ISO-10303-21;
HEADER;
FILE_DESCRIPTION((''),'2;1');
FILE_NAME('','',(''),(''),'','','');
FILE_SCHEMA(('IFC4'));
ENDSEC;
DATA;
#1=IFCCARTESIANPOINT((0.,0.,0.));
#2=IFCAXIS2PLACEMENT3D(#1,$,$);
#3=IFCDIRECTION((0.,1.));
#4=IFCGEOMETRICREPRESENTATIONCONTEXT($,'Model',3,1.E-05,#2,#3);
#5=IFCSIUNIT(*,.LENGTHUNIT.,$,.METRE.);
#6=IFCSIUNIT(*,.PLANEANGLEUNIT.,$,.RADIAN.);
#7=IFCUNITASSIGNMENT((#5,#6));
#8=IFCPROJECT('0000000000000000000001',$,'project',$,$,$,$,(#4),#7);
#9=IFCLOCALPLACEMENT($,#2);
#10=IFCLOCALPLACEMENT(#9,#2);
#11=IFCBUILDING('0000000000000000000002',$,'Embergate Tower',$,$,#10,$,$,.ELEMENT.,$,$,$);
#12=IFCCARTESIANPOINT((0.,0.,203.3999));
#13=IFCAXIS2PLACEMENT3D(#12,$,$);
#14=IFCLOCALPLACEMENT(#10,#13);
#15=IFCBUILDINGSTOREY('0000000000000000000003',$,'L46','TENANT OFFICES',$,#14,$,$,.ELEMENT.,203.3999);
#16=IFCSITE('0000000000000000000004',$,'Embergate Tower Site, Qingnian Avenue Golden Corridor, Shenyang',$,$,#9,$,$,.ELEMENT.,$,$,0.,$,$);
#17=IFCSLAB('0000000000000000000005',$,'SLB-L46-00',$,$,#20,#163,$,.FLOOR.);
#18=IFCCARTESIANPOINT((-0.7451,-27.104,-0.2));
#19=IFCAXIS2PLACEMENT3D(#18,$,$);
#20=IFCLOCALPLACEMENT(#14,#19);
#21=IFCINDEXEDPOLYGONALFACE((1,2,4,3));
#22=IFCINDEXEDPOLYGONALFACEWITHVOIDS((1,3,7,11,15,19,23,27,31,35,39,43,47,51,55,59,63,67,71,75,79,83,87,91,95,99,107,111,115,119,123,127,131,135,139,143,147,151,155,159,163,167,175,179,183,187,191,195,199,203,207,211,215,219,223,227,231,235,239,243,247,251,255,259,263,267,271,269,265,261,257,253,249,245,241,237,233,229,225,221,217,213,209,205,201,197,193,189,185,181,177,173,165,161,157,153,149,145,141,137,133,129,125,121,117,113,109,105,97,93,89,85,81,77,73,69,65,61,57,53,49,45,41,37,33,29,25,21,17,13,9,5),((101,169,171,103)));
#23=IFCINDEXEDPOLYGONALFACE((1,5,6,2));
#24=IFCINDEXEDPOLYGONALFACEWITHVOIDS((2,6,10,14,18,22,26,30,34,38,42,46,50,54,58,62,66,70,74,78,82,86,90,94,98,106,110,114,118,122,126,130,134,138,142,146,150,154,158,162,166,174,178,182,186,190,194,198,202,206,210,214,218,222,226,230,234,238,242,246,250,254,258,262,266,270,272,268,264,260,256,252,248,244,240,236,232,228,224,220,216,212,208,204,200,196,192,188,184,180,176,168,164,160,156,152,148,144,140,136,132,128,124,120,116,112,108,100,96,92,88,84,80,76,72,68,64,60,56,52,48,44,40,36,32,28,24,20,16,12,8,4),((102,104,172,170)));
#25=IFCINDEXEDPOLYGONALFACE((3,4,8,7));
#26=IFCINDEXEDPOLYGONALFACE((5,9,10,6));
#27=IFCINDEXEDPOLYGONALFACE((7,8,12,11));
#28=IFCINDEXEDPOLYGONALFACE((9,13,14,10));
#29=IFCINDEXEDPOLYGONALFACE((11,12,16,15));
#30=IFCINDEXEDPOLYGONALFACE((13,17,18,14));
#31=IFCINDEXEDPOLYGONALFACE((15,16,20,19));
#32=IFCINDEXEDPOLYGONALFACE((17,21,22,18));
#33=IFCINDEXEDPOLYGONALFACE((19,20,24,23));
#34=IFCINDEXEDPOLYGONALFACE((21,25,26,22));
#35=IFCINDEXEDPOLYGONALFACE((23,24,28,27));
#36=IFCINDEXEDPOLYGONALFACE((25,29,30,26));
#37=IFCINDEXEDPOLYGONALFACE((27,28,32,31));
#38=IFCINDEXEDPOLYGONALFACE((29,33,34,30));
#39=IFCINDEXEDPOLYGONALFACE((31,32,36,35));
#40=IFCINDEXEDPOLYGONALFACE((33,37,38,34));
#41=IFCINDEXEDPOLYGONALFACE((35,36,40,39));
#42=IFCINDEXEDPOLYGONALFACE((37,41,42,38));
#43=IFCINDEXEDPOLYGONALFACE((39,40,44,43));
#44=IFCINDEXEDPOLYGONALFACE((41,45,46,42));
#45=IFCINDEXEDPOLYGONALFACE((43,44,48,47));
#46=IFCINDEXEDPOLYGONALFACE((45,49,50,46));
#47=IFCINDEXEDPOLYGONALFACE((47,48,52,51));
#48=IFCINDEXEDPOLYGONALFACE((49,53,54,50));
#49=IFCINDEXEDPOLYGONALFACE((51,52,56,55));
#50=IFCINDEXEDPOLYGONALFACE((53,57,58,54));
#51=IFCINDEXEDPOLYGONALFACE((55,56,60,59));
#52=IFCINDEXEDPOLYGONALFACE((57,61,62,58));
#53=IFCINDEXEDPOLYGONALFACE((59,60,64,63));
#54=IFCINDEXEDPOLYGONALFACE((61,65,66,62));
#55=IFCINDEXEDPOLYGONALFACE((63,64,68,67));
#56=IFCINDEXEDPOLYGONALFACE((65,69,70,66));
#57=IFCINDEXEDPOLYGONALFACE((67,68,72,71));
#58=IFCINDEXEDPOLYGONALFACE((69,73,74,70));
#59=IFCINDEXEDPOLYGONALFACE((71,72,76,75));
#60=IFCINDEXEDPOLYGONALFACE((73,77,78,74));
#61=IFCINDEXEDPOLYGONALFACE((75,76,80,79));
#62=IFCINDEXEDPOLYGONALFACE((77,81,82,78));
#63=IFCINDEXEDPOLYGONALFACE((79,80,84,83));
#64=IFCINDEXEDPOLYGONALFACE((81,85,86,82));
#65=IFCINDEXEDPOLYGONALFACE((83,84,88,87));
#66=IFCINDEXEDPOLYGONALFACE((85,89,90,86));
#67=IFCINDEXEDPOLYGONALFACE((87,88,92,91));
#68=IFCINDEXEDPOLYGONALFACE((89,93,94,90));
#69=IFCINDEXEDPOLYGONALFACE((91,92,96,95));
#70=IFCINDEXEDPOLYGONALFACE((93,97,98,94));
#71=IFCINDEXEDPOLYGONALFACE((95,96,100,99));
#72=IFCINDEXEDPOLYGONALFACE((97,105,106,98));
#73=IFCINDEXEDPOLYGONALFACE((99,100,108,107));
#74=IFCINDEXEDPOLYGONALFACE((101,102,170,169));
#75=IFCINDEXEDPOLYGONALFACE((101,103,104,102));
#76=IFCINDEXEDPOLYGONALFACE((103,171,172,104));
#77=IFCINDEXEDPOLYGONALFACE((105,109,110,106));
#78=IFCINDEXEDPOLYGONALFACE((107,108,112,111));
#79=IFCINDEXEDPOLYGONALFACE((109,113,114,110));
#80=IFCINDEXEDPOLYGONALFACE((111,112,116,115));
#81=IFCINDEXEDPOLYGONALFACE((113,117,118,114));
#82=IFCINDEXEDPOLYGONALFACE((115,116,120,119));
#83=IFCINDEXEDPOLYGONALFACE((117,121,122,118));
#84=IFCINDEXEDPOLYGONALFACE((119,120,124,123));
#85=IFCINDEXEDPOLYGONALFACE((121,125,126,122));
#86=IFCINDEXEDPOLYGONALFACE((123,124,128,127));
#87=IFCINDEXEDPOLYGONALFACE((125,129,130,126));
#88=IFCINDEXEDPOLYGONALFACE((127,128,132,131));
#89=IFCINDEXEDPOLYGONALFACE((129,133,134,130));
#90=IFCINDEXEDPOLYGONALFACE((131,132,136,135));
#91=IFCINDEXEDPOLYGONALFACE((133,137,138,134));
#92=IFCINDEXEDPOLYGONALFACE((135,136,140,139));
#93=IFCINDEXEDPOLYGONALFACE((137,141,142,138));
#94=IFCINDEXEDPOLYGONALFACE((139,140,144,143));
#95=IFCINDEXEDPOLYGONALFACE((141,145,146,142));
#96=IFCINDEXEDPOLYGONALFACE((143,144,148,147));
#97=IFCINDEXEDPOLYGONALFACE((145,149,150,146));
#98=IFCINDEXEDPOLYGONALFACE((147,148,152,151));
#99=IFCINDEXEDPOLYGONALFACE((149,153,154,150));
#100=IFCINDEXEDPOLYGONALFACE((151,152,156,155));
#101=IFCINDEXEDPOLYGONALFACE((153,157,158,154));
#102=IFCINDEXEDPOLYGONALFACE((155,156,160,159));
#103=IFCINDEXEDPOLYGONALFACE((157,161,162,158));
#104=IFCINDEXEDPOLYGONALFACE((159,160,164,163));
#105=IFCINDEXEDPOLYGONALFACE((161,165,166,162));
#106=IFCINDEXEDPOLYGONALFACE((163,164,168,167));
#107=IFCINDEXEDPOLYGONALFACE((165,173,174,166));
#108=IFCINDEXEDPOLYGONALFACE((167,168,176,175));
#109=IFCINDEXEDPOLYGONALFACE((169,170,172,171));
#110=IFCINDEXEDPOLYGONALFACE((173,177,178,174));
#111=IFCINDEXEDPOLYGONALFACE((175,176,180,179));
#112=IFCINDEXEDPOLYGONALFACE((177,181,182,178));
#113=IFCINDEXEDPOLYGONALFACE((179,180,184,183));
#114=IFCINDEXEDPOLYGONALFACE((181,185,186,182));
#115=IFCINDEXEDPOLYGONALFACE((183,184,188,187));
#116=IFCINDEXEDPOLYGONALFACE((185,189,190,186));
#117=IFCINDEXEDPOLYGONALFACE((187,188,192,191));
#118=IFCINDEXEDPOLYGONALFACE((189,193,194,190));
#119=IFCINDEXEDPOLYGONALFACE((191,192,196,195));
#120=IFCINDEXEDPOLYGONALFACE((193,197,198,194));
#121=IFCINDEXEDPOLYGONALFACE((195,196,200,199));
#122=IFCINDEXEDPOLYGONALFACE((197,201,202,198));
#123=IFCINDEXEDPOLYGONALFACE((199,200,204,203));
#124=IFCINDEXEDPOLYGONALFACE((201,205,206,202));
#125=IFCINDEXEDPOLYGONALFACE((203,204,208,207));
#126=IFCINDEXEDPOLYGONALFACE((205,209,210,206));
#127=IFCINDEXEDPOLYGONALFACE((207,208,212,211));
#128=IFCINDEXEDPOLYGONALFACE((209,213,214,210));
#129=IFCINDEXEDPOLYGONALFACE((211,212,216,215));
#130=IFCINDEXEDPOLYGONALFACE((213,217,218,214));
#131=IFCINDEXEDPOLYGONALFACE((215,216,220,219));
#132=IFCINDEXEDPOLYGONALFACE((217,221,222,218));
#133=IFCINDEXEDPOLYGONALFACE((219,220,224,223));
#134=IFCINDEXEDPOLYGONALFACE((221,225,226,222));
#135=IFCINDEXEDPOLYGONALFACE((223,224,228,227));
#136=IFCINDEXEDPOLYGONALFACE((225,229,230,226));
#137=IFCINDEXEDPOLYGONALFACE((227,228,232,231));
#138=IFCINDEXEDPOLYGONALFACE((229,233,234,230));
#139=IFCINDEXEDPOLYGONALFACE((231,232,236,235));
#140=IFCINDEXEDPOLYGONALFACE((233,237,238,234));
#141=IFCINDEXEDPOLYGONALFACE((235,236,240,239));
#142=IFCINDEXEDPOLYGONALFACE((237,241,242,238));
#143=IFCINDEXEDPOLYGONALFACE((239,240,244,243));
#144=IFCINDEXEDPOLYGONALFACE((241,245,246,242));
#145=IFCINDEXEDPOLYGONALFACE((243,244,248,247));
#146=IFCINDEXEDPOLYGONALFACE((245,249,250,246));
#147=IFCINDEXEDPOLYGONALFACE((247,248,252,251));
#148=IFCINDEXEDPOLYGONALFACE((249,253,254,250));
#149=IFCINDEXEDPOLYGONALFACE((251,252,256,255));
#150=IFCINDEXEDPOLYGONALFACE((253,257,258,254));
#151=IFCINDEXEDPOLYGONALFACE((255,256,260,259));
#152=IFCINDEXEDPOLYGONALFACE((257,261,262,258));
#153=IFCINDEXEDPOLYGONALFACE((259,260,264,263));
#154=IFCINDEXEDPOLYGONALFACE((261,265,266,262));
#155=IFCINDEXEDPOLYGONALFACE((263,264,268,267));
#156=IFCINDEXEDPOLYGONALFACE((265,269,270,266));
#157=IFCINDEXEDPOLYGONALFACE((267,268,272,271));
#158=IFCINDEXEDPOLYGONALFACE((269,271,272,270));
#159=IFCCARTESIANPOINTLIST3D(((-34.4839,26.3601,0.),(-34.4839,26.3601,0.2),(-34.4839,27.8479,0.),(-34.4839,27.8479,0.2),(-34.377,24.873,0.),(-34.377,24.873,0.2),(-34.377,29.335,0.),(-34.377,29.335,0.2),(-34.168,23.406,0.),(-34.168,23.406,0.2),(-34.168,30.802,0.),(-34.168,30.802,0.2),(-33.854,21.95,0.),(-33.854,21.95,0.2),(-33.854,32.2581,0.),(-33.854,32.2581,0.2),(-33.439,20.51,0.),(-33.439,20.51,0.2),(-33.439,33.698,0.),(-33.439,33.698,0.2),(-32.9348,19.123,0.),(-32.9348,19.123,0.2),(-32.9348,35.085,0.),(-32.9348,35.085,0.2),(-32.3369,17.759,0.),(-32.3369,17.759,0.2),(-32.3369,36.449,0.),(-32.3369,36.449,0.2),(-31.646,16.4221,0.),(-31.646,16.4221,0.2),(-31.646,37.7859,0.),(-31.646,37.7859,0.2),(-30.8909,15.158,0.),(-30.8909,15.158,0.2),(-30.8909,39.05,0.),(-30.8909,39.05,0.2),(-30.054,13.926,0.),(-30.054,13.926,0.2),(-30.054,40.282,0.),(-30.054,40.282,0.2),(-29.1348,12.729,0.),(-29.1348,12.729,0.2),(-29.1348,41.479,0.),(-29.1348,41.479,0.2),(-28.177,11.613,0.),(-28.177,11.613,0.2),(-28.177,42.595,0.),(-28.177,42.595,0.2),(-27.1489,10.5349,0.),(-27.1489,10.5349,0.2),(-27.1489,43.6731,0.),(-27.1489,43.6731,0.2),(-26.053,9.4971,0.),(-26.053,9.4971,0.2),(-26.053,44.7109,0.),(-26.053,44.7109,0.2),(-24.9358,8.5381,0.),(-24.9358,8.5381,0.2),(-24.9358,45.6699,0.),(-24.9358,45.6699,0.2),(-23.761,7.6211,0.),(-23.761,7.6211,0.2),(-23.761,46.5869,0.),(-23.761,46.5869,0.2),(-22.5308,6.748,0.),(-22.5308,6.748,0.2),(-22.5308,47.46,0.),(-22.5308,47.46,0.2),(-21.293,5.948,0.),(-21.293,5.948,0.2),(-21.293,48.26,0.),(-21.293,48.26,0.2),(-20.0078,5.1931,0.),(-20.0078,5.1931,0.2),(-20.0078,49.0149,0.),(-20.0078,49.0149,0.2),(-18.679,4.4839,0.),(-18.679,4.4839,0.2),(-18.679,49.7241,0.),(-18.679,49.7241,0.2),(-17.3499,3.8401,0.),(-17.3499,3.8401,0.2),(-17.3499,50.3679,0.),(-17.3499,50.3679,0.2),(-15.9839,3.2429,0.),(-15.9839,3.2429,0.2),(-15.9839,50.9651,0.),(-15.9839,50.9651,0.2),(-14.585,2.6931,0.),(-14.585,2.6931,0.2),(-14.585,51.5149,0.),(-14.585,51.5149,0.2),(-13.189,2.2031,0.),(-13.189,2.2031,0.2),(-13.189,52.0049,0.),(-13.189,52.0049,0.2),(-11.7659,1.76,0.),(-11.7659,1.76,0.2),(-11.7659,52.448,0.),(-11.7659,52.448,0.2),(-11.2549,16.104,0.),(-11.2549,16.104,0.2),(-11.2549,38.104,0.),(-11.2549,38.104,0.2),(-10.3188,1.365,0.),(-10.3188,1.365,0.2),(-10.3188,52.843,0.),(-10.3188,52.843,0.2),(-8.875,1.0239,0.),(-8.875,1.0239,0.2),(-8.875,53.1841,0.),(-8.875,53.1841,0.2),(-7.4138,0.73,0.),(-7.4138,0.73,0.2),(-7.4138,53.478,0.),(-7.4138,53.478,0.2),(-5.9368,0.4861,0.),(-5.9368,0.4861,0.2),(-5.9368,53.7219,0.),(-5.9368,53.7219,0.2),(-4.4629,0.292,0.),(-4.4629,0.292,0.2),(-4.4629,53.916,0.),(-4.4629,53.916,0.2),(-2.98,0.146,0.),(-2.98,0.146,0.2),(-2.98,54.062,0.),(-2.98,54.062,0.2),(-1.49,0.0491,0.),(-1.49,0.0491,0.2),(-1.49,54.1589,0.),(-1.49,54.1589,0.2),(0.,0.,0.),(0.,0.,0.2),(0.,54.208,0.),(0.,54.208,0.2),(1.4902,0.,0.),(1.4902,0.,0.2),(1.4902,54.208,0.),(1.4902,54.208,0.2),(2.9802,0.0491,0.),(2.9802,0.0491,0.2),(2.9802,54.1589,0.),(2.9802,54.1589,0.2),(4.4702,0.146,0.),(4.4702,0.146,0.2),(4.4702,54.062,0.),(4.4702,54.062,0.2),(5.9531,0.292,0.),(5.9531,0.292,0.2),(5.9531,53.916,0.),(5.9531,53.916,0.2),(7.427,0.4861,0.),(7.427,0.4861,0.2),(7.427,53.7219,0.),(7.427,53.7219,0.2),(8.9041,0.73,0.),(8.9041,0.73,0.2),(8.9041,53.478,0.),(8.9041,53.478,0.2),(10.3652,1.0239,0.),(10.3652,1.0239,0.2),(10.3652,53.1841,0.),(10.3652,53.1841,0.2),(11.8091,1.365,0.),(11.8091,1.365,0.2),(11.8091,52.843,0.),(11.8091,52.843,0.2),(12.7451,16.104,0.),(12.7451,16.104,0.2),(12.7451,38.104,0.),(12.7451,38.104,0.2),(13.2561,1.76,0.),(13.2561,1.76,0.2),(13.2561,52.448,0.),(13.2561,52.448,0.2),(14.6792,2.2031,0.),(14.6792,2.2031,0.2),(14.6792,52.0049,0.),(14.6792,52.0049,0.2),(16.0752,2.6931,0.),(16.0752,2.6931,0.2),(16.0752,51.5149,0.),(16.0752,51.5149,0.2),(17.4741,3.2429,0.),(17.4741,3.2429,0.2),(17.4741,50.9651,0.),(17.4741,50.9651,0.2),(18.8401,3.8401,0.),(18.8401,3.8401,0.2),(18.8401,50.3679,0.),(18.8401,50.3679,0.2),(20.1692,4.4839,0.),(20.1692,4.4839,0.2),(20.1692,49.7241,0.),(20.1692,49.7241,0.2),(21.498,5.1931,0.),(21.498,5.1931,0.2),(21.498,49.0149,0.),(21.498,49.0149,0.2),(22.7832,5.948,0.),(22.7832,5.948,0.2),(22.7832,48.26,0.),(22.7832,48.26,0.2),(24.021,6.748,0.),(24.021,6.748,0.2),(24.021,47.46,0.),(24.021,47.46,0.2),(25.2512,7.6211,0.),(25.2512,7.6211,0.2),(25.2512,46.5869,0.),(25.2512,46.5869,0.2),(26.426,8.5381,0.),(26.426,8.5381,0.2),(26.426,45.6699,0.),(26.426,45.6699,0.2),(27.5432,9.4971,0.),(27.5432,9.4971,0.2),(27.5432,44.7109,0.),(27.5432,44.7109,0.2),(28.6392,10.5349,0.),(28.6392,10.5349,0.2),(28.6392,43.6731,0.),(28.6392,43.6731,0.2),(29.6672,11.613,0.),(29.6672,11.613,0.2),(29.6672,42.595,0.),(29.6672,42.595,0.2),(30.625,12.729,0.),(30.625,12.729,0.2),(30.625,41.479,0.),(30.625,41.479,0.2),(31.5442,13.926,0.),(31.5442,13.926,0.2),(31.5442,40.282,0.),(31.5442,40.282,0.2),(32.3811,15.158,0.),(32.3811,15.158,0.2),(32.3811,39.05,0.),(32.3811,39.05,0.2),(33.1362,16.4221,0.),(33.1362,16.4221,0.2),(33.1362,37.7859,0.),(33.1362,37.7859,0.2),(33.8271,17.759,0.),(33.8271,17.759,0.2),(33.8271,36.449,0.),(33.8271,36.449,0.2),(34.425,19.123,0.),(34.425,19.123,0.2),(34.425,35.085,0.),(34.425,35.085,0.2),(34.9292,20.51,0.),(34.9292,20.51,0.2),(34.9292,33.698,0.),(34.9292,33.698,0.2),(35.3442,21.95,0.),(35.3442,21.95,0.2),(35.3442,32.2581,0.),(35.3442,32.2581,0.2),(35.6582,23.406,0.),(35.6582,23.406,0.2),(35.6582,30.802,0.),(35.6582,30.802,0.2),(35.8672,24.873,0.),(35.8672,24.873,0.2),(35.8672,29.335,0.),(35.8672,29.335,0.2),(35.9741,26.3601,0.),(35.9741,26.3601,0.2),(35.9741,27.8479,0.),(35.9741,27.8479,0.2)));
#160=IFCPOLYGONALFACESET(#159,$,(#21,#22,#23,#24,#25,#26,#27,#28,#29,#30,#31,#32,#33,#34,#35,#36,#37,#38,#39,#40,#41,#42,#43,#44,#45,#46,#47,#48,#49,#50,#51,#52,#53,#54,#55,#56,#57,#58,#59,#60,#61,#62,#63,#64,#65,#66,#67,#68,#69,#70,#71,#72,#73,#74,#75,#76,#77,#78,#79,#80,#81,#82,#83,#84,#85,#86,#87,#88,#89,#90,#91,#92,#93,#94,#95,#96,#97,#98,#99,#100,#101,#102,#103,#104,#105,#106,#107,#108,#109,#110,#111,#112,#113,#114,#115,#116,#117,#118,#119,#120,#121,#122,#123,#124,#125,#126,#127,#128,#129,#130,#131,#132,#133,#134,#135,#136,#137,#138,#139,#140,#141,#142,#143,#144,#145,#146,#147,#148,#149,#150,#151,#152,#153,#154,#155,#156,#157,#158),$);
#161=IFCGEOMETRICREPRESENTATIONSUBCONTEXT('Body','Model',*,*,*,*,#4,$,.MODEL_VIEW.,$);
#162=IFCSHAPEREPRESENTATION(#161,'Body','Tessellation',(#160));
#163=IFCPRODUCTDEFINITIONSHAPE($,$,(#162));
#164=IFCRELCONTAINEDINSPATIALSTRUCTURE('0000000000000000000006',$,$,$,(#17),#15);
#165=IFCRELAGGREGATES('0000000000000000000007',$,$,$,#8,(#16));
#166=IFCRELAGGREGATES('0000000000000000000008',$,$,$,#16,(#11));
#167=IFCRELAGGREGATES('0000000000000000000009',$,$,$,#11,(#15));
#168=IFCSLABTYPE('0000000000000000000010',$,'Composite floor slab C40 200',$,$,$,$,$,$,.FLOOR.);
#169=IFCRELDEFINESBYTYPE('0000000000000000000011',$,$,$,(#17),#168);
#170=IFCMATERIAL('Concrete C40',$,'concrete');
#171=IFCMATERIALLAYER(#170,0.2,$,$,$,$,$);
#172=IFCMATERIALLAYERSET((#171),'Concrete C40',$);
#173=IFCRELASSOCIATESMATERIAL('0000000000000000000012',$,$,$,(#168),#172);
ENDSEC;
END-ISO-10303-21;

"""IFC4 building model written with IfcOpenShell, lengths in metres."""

from ifc_helpers import new_model, si_unit, direction, frame, origin, place, context, subcontext, project, spatial, polyline, outline, extrude, source, transform, mapped, material, layer, layer_set, type_object, element, save


model = new_model("IFC4")

# Units and contexts
model_context = context("Model", 3, precision=1e-05, world=origin(), true_north=direction((0.0, 1.0)))
body_context = subcontext(model_context, "Body", "Model", "MODEL_VIEW")
ifc_project = project(units=[si_unit("LENGTHUNIT", "METRE"), si_unit("PLANEANGLEUNIT", "RADIAN")], contexts=[model_context])

# Site, building, storey
site_placement = place(None, origin())
site = spatial("IfcSite", under=ifc_project, at=site_placement, Name="Embergate Tower Site, Qingnian Avenue Golden Corridor, Shenyang", CompositionType="ELEMENT", RefElevation=0.0)
building_placement = place(site_placement, origin())
building = spatial("IfcBuilding", under=site, at=building_placement, Name="Embergate Tower", CompositionType="ELEMENT")
storey_placement = place(building_placement, frame((0.0, 0.0, 203.3999)))
storey = spatial("IfcBuildingStorey", under=building, at=storey_placement, Name="L46", Description="TENANT OFFICES", CompositionType="ELEMENT", Elevation=203.3999)

# Slab
ifc_material_1 = material(Name="Concrete C40", Category="concrete")
ifc_layer_1 = layer(ifc_material_1, 0.2)
ifc_layer_set_1 = layer_set([ifc_layer_1], Name="Concrete C40")
slab_type = type_object("IfcSlabType", Name="Composite floor slab C40 200", PredefinedType="FLOOR", material=ifc_layer_set_1)
shared_shape_1 = source(origin(), body_context, "Body", "SweptSolid", [
    extrude(outline(polyline([(0.0, 0.0), (1.4902, 0.0), (2.9802, 0.0491), (4.4702, 0.146), (5.9531, 0.292), (7.427, 0.4861), (8.9041, 0.73), (10.3652, 1.0239), (11.8091, 1.365), (13.2561, 1.76), (14.6792, 2.2031), (16.0752, 2.6931), (17.4741, 3.2429), (18.8401, 3.8401), (20.1692, 4.4839), (21.498, 5.1931), (22.7832, 5.948), (24.021, 6.748), (25.2512, 7.6211), (26.426, 8.5381), (27.5432, 9.4971), (28.6392, 10.5349), (29.6672, 11.613), (30.625, 12.729), (31.5442, 13.926), (32.3811, 15.158), (33.1362, 16.4221), (33.8271, 17.759), (34.425, 19.123), (34.9292, 20.51), (35.3442, 21.95), (35.6582, 23.406), (35.8672, 24.873), (35.9741, 26.3601), (35.9741, 27.8479), (35.8672, 29.335), (35.6582, 30.802), (35.3442, 32.2581), (34.9292, 33.698), (34.425, 35.085), (33.8271, 36.449), (33.1362, 37.7859), (32.3811, 39.05), (31.5442, 40.282), (30.625, 41.479), (29.6672, 42.595), (28.6392, 43.6731), (27.5432, 44.7109), (26.426, 45.6699), (25.2512, 46.5869), (24.021, 47.46), (22.7832, 48.26), (21.498, 49.0149), (20.1692, 49.7241), (18.8401, 50.3679), (17.4741, 50.9651), (16.0752, 51.5149), (14.6792, 52.0049), (13.2561, 52.448), (11.8091, 52.843), (10.3652, 53.1841), (8.9041, 53.478), (7.427, 53.7219), (5.9531, 53.916), (4.4702, 54.062), (2.9802, 54.1589), (1.4902, 54.208), (0.0, 54.208), (-1.49, 54.1589), (-2.98, 54.062), (-4.4629, 53.916), (-5.9368, 53.7219), (-7.4138, 53.478), (-8.875, 53.1841), (-10.3188, 52.843), (-11.7659, 52.448), (-13.189, 52.0049), (-14.585, 51.5149), (-15.9839, 50.9651), (-17.3499, 50.3679), (-18.679, 49.7241), (-20.0078, 49.0149), (-21.293, 48.26), (-22.5308, 47.46), (-23.761, 46.5869), (-24.9358, 45.6699), (-26.053, 44.7109), (-27.1489, 43.6731), (-28.177, 42.595), (-29.1348, 41.479), (-30.054, 40.282), (-30.8909, 39.05), (-31.646, 37.7859), (-32.3369, 36.449), (-32.9348, 35.085), (-33.439, 33.698), (-33.854, 32.2581), (-34.168, 30.802), (-34.377, 29.335), (-34.4839, 27.8479), (-34.4839, 26.3601), (-34.377, 24.873), (-34.168, 23.406), (-33.854, 21.95), (-33.439, 20.51), (-32.9348, 19.123), (-32.3369, 17.759), (-31.646, 16.4221), (-30.8909, 15.158), (-30.054, 13.926), (-29.1348, 12.729), (-28.177, 11.613), (-27.1489, 10.5349), (-26.053, 9.4971), (-24.9358, 8.5381), (-23.761, 7.6211), (-22.5308, 6.748), (-21.293, 5.948), (-20.0078, 5.1931), (-18.679, 4.4839), (-17.3499, 3.8401), (-15.9839, 3.2429), (-14.585, 2.6931), (-13.189, 2.2031), (-11.7659, 1.76), (-10.3188, 1.365), (-8.875, 1.0239), (-7.4138, 0.73), (-5.9368, 0.4861), (-4.4629, 0.292), (-2.98, 0.146), (-1.49, 0.0491), (0.0, 0.0)]), holes=[polyline([(-11.2549, 16.104), (-11.2549, 38.104), (12.7451, 38.104), (12.7451, 16.104), (-11.2549, 16.104)])]), origin(), (0.0, 0.0, 1.0), 0.2),
])
slab_placement = place(storey_placement, frame((-0.7451, -27.104, -0.2)))
element("IfcSlab", 1, at=slab_placement, inside=storey, type_object=slab_type, Name="SLB-L46-00", PredefinedType="FLOOR", context=body_context, shape_type="MappedRepresentation", body=[
    mapped(shared_shape_1, transform((0.0, 0.0, 0.0))),
])

save(model, "model.ifc")
